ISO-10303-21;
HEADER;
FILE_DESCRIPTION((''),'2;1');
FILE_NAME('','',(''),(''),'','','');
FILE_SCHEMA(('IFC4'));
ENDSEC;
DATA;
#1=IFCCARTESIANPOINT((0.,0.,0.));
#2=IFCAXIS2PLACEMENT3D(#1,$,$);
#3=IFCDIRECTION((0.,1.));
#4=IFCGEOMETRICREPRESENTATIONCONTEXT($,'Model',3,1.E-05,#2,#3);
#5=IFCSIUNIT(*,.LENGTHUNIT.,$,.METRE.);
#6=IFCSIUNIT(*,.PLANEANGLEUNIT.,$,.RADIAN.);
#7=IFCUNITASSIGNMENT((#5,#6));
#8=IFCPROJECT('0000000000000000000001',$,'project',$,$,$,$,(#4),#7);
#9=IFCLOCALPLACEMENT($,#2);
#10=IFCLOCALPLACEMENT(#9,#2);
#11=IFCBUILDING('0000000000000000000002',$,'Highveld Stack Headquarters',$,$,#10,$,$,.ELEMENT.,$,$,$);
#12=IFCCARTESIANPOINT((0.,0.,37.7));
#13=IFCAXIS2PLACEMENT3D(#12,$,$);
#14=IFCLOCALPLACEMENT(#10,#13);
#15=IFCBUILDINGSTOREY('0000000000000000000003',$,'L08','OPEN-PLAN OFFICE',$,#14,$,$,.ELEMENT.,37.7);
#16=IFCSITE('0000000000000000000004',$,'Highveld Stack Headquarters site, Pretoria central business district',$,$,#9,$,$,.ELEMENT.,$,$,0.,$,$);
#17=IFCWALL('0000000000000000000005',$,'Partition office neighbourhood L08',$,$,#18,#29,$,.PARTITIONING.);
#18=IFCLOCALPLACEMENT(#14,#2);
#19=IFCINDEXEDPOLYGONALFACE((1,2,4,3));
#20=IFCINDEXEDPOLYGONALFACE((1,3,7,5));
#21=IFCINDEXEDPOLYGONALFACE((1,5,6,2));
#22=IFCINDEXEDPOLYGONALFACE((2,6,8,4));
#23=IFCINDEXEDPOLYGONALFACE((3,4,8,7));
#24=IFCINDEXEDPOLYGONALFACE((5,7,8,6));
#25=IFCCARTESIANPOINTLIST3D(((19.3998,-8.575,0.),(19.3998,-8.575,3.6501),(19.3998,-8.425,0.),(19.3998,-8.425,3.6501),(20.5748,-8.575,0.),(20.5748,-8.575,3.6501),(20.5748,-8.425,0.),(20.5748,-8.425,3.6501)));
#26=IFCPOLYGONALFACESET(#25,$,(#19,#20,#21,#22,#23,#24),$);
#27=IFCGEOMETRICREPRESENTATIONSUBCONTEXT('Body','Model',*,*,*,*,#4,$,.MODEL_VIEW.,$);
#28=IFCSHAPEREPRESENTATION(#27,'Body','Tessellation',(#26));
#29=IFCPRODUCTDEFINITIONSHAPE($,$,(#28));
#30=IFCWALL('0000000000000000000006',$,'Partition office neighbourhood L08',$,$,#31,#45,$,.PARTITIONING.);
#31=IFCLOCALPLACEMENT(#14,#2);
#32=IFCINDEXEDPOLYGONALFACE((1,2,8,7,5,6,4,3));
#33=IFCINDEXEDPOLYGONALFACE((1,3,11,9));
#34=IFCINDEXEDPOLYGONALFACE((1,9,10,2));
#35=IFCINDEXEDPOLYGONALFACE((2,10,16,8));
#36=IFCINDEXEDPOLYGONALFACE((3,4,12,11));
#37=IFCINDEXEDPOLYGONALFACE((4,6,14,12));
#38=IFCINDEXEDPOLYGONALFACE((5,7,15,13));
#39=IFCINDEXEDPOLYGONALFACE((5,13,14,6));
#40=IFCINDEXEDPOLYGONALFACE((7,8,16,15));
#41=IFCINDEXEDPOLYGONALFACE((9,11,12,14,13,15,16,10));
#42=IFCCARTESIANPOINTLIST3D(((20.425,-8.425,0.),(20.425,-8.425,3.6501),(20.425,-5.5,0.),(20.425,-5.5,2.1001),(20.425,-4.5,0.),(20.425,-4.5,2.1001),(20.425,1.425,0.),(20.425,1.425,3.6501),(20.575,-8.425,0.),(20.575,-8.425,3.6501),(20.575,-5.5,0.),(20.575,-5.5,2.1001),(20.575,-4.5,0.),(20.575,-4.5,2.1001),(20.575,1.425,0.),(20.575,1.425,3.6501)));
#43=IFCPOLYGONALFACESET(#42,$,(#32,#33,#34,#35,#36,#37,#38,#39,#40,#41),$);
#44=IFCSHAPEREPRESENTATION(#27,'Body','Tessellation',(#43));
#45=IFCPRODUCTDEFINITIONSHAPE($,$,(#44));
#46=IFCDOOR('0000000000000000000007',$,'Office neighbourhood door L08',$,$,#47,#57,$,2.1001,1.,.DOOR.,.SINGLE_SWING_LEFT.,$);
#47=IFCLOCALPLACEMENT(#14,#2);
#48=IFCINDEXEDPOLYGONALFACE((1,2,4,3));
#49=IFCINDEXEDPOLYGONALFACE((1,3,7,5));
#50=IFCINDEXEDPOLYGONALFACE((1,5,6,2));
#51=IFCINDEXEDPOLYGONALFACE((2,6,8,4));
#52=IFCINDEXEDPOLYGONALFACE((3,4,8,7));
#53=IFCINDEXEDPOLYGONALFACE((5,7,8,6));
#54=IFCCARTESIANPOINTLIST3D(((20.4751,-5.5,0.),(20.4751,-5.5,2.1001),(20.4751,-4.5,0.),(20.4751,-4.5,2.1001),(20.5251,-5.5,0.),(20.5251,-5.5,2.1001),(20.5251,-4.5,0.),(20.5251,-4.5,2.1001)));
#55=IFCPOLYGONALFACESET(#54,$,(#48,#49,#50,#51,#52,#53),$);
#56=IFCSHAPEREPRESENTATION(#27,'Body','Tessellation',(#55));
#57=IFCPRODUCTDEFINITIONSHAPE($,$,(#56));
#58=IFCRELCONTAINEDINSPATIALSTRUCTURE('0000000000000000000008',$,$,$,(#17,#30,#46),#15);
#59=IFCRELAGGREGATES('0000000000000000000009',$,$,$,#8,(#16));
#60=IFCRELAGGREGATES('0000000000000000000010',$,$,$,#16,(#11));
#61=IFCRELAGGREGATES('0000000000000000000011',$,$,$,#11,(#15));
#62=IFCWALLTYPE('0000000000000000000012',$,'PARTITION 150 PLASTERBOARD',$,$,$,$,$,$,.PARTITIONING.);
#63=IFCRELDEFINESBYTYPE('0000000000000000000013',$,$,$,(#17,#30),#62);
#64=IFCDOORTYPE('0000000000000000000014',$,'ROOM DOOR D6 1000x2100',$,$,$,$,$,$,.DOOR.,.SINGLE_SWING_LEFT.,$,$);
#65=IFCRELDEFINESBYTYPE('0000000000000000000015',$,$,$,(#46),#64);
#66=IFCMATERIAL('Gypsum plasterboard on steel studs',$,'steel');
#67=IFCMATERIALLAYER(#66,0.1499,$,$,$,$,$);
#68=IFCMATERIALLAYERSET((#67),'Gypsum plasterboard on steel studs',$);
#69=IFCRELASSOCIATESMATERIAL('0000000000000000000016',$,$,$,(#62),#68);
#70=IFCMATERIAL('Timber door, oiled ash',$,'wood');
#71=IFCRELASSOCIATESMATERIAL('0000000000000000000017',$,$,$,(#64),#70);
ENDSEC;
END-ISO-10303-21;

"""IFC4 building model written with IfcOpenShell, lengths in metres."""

from ifc_helpers import new_model, si_unit, direction, frame, frame_2d, origin, place, context, subcontext, project, spatial, rectangle, extrude, material, layer, layer_set, type_object, element, fill, save


model = new_model("IFC4")

# Units and contexts
model_context = context("Model", 3, precision=1e-05, world=origin(), true_north=direction((0.0, 1.0)))
body_context = subcontext(model_context, "Body", "Model", "MODEL_VIEW")
ifc_project = project(units=[si_unit("LENGTHUNIT", "METRE"), si_unit("PLANEANGLEUNIT", "RADIAN")], contexts=[model_context])

# Site, building, storey
site_placement = place(None, origin())
site = spatial("IfcSite", under=ifc_project, at=site_placement, Name="Highveld Stack Headquarters site, Pretoria central business district", CompositionType="ELEMENT", RefElevation=0.0)
building_placement = place(site_placement, origin())
building = spatial("IfcBuilding", under=site, at=building_placement, Name="Highveld Stack Headquarters", CompositionType="ELEMENT")
storey_placement = place(building_placement, frame((0.0, 0.0, 37.7)))
storey = spatial("IfcBuildingStorey", under=building, at=storey_placement, Name="L08", Description="OPEN-PLAN OFFICE", CompositionType="ELEMENT", Elevation=37.7)

# Wall
ifc_material_1 = material(Name="Gypsum plasterboard on steel studs", Category="steel")
ifc_layer_1 = layer(ifc_material_1, 0.1499)
ifc_layer_set_1 = layer_set([ifc_layer_1], Name="Gypsum plasterboard on steel studs")
wall_type_1 = type_object("IfcWallType", Name="PARTITION 150 PLASTERBOARD", PredefinedType="PARTITIONING", material=ifc_layer_set_1)
wall_1_placement = place(storey_placement, frame((19.3999, -8.5, 0.0), z_axis=(0.0, 0.0, 1.0), x_axis=(1.0, 0.0, 0.0)))
element("IfcWall", 1, at=wall_1_placement, inside=storey, type_object=wall_type_1, Name="Partition office neighbourhood L08", PredefinedType="PARTITIONING", context=body_context, shape_type="SweptSolid", body=[
    extrude(rectangle(XDim=1.175, YDim=0.1499, at=frame_2d((0.5874, 0.0))), origin(), (0.0, 0.0, 1.0), 3.6501),
])

# Wall, opening, door
wall_2_placement = place(storey_placement, frame((20.5, -8.425, 0.0), z_axis=(0.0, 0.0, 1.0), x_axis=(0.0, 1.0, 0.0)))
wall_2 = element("IfcWall", 2, at=wall_2_placement, inside=storey, type_object=wall_type_1, Name="Partition office neighbourhood L08", PredefinedType="PARTITIONING", context=body_context, shape_type="SweptSolid", body=[
    extrude(rectangle(XDim=9.8501, YDim=0.1499, at=frame_2d((4.925, 0.0))), origin(), (0.0, 0.0, 1.0), 3.6501),
])
opening_1_placement = place(wall_2_placement, frame((2.925, 0.0, 0.0)))
opening_1 = element("IfcOpeningElement", 3, at=opening_1_placement, cuts=wall_2, PredefinedType="OPENING", context=body_context, shape_type="SweptSolid", body=[
    extrude(rectangle(XDim=1.0, YDim=2.1001, at=frame_2d((0.5, 1.05))), frame((0.0, 0.085, 0.0), z_axis=(0.0, -1.0, 0.0), x_axis=(1.0, 0.0, 0.0)), (0.0, 0.0, 1.0), 0.1699),
])
ifc_material_2 = material(Name="Timber door, oiled ash", Category="wood")
door_type_1 = type_object("IfcDoorType", Name="ROOM DOOR D6 1000x2100", OperationType="SINGLE_SWING_LEFT", PredefinedType="DOOR", material=ifc_material_2)
door_1_placement = place(opening_1_placement, origin())
door_1 = element("IfcDoor", 4, at=door_1_placement, inside=storey, type_object=door_type_1, Name="Office neighbourhood door L08", OperationType="SINGLE_SWING_LEFT", OverallHeight=2.1001, OverallWidth=1.0, PredefinedType="DOOR", context=body_context, shape_type="SweptSolid", body=[
    extrude(rectangle(XDim=1.0, YDim=2.1001, at=frame_2d((0.5, 1.05))), frame((0.0, 0.0249, 0.0), z_axis=(0.0, -1.0, 0.0), x_axis=(1.0, 0.0, 0.0)), (0.0, 0.0, 1.0), 0.05),
])
fill(opening_1, door_1)

save(model, "model.ifc")
